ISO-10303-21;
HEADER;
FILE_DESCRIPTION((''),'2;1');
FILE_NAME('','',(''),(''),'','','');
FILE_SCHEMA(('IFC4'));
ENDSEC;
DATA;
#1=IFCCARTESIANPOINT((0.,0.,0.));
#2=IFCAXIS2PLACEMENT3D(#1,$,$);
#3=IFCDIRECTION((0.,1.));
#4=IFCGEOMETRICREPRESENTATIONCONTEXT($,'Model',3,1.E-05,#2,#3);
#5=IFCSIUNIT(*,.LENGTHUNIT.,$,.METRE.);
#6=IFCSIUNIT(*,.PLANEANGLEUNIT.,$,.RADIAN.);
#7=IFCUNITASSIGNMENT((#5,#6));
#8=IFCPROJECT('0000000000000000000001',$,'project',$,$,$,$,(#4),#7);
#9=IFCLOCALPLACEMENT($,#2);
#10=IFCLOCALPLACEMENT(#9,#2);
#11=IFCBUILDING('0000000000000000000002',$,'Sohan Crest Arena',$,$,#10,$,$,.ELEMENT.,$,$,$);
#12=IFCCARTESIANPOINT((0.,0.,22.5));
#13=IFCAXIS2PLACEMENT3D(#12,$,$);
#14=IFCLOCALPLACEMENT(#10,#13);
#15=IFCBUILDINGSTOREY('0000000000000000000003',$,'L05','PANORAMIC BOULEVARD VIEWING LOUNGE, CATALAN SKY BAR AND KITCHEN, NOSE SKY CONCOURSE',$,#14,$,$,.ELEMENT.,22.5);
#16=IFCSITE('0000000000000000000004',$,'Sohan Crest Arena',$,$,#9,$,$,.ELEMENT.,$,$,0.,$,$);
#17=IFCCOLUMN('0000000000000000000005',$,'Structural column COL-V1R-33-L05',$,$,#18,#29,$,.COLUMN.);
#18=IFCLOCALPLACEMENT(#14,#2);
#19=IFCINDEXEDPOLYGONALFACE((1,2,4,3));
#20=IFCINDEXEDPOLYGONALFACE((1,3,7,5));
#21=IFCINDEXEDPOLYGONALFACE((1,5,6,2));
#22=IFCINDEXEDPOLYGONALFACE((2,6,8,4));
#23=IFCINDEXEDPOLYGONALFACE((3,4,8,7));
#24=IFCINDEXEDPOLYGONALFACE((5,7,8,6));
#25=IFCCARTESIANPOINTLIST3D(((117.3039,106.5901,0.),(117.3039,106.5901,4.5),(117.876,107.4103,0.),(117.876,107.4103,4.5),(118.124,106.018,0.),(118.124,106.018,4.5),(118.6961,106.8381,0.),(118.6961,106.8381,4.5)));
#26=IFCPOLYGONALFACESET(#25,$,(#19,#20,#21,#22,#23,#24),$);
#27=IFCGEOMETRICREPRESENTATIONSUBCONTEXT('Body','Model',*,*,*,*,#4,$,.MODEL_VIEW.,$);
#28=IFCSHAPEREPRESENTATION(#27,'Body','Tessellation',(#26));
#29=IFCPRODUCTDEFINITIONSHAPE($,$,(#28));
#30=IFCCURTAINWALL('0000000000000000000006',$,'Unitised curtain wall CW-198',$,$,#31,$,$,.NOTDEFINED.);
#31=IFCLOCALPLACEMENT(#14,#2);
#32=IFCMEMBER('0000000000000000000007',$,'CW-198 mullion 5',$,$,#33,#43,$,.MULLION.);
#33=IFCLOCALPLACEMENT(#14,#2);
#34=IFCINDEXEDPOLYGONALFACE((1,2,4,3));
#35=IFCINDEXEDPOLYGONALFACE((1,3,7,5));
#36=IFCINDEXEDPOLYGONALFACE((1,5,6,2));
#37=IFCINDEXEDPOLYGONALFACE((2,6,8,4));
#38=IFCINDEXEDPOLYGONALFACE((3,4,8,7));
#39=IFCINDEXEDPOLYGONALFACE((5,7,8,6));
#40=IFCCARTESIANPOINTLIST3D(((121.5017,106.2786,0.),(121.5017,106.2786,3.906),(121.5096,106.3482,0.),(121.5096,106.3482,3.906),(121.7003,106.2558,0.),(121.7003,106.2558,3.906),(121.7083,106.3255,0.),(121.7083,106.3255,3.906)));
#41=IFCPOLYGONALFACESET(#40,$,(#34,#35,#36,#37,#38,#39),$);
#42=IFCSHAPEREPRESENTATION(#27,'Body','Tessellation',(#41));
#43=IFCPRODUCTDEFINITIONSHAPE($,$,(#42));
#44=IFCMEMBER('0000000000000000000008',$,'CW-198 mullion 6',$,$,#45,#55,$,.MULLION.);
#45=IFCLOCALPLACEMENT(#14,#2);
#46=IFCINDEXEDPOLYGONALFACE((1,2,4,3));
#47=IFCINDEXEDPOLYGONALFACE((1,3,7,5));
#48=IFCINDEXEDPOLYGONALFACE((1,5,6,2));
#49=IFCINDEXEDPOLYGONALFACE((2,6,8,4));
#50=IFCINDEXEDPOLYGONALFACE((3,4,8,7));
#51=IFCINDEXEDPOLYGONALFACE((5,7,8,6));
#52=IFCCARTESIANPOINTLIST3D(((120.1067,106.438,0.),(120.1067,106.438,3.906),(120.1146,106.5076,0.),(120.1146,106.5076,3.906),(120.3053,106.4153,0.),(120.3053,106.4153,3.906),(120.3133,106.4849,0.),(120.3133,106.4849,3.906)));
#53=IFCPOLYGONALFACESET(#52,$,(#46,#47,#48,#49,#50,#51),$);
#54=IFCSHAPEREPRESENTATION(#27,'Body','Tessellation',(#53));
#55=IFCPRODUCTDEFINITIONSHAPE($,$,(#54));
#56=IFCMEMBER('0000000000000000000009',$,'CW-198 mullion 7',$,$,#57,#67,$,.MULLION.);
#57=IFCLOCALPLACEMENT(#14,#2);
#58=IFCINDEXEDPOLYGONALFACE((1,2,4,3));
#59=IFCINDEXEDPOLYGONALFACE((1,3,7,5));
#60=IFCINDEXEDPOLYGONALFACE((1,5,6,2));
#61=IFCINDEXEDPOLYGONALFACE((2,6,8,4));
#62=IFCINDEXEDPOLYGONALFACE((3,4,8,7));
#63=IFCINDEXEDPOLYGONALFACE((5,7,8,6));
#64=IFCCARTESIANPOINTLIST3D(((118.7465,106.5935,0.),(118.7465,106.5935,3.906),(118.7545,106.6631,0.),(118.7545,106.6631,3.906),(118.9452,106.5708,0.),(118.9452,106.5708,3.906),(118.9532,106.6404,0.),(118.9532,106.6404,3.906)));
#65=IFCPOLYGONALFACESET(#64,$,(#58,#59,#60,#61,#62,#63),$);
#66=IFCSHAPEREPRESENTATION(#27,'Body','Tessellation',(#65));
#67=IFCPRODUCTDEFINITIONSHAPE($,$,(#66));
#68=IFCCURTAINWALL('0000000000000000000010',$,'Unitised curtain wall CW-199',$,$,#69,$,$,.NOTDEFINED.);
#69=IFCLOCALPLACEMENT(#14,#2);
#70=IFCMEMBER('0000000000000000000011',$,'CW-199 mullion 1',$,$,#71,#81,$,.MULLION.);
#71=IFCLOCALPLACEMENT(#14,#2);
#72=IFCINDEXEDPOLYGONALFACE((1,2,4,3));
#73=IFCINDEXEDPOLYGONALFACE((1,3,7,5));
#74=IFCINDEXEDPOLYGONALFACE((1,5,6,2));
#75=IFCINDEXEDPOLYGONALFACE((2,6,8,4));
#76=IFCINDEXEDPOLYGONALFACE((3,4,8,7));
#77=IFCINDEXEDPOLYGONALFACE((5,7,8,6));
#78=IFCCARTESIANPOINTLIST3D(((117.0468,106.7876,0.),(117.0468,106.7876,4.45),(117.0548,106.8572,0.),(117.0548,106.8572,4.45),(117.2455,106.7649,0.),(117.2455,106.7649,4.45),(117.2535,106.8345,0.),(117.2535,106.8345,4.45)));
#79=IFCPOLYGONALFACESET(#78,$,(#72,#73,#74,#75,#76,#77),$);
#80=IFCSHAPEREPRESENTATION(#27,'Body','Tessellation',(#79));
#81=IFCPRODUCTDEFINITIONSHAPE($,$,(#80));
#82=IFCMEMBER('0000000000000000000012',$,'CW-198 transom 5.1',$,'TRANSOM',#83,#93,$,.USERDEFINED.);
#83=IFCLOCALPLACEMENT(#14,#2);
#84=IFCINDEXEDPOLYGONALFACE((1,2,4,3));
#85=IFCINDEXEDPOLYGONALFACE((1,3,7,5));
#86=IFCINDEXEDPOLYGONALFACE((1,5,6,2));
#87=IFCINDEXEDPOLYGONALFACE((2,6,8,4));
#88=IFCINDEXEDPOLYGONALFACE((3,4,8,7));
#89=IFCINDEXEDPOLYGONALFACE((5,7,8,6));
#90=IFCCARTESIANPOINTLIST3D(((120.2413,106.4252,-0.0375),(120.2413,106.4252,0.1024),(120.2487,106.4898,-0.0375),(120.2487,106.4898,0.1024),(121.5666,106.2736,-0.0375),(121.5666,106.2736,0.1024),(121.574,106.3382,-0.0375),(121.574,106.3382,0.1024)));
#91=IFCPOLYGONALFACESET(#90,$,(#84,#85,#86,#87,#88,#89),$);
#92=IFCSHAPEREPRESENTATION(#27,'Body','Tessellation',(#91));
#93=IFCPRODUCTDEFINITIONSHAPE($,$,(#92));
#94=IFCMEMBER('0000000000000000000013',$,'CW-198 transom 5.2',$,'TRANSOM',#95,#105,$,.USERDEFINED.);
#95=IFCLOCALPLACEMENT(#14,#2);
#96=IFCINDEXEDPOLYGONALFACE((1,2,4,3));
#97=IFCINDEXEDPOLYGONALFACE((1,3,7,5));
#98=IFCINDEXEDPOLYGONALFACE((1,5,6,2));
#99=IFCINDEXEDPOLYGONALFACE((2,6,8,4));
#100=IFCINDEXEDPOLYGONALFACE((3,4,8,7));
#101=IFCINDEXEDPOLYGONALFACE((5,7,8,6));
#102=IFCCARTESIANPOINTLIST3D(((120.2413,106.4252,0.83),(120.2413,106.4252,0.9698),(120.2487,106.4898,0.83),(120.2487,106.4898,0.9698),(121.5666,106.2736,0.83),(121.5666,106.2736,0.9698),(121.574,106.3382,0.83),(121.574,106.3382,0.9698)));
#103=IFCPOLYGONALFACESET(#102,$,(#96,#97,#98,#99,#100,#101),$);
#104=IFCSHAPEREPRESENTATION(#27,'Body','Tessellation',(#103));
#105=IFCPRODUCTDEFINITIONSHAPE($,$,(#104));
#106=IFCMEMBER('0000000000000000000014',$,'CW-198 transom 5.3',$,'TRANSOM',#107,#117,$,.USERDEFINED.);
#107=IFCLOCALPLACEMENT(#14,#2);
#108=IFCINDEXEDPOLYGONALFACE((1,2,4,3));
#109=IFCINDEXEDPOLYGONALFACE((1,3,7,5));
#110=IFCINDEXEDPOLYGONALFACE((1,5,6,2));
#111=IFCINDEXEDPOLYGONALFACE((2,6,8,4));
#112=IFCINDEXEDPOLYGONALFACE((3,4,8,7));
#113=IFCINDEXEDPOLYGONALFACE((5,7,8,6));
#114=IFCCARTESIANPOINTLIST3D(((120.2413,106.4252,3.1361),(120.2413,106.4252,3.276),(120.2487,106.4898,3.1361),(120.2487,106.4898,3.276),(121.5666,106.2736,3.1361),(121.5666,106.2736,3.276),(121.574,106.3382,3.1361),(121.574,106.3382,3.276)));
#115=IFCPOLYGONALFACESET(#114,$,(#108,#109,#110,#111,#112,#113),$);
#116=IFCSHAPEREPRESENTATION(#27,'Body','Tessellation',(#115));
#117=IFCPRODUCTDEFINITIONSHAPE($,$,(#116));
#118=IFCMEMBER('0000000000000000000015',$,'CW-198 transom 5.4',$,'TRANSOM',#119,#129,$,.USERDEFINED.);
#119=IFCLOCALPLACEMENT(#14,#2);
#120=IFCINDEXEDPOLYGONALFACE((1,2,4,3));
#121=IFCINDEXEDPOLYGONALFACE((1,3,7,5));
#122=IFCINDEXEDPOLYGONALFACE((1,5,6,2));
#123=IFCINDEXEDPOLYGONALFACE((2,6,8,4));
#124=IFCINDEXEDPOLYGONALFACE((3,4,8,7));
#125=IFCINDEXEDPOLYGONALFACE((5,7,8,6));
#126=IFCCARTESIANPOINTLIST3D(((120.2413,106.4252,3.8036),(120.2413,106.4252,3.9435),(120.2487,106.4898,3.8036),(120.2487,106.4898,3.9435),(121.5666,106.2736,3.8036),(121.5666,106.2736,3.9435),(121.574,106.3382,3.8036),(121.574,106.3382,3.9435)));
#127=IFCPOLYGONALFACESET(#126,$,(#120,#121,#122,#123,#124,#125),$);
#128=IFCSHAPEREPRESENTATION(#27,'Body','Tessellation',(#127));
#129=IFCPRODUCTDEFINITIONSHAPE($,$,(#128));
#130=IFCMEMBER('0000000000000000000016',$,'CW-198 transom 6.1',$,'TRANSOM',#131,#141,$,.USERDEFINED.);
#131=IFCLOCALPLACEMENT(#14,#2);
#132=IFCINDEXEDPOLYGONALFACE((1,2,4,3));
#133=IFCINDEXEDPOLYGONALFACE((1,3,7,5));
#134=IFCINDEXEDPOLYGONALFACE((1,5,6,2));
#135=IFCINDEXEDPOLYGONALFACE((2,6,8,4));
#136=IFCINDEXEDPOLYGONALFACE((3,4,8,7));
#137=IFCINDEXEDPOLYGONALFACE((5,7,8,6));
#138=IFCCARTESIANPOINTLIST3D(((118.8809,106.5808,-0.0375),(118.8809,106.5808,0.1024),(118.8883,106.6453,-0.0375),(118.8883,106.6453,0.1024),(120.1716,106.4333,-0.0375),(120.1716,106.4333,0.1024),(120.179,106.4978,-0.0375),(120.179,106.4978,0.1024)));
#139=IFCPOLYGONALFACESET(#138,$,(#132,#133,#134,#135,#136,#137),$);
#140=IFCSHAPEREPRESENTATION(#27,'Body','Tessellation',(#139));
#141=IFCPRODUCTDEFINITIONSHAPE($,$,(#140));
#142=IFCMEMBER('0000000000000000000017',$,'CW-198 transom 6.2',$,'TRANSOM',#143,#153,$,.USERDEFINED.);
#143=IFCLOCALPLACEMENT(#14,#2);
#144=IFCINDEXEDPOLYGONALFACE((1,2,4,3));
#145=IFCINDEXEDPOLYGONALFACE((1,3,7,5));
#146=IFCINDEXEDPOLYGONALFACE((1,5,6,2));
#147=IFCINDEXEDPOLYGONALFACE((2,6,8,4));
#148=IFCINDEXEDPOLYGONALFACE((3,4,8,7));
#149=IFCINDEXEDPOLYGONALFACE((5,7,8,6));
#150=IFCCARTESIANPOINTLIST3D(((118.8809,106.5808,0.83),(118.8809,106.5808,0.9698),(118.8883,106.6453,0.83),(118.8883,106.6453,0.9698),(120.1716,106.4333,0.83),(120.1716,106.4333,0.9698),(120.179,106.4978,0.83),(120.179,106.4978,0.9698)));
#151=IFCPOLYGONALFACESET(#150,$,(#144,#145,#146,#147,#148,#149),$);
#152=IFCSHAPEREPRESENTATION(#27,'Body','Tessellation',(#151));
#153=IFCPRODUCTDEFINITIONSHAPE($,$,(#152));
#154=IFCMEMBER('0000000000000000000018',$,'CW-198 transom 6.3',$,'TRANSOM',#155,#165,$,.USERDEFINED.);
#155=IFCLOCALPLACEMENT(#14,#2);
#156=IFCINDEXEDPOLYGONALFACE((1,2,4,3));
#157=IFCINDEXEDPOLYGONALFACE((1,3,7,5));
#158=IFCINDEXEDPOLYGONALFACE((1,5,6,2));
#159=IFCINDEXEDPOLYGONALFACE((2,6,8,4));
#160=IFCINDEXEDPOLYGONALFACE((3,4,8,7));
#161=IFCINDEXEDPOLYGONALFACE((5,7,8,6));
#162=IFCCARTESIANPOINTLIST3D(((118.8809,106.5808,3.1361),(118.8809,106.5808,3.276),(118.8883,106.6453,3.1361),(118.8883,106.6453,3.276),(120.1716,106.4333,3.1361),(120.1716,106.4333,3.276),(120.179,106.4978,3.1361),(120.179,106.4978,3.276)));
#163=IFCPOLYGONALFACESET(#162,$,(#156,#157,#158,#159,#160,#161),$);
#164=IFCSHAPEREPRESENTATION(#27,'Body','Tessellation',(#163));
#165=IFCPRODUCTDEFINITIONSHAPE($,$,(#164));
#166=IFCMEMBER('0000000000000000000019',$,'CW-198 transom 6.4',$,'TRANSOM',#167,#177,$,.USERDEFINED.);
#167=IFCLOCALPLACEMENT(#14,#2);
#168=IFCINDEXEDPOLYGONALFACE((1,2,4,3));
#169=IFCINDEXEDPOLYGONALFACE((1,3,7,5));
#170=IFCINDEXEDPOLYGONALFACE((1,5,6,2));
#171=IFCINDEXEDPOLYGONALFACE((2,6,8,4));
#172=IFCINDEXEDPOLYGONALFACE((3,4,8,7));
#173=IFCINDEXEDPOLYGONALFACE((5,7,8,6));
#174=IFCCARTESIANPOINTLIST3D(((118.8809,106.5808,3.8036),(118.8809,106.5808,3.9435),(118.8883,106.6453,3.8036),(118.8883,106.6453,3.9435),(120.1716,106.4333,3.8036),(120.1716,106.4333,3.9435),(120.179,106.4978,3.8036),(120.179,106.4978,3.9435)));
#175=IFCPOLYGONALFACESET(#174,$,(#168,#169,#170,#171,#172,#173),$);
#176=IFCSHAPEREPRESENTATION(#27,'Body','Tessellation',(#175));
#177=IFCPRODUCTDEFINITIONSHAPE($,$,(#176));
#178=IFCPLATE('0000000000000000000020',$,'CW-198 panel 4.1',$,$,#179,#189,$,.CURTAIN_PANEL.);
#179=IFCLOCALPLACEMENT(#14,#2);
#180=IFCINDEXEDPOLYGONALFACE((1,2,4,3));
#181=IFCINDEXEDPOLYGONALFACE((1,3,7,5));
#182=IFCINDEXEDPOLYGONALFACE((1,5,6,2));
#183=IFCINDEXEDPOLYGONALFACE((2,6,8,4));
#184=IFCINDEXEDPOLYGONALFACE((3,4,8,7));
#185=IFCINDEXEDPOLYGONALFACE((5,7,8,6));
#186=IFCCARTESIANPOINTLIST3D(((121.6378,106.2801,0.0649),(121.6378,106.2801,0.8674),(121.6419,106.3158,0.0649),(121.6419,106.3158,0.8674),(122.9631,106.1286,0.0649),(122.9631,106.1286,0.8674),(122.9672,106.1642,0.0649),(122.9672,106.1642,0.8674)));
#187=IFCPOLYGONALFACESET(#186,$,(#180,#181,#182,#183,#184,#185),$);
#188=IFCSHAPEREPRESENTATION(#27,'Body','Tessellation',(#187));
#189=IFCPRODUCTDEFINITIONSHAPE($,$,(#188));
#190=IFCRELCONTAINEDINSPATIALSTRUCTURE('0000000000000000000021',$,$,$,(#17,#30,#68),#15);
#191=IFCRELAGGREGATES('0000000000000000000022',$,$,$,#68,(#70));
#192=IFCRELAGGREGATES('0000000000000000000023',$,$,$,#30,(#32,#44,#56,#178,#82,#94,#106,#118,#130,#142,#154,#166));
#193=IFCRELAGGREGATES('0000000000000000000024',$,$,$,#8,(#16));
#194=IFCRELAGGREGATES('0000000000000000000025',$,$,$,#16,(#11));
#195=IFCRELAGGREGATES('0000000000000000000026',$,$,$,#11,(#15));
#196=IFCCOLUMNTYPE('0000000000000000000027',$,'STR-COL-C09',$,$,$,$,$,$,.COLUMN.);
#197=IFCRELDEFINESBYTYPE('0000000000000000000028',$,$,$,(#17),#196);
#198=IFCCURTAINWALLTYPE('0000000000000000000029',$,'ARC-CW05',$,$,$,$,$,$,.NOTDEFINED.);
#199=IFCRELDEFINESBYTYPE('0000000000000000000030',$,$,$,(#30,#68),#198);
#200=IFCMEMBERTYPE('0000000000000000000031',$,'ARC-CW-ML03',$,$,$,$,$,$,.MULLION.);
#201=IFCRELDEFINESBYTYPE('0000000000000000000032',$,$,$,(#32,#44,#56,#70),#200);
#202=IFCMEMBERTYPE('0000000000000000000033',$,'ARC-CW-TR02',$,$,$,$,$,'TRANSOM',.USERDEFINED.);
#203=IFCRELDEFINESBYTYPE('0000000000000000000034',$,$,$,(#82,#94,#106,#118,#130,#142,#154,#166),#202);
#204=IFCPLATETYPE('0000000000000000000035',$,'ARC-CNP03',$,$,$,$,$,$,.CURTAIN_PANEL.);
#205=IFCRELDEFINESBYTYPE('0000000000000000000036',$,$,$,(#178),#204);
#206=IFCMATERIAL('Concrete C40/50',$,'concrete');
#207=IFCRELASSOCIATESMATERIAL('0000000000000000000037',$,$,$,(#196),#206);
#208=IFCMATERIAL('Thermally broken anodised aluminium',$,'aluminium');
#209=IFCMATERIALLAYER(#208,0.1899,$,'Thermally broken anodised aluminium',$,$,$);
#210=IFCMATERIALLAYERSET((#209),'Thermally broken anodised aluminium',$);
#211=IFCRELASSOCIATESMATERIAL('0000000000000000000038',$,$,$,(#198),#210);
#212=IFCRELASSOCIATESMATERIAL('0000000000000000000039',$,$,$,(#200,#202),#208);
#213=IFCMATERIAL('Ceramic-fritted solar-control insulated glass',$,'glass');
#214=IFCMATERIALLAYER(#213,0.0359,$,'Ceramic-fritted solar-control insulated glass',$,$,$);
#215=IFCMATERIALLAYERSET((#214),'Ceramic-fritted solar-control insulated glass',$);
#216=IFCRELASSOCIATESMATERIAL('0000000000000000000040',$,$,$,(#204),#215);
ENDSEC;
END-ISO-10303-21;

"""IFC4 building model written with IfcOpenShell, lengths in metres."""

from ifc_helpers import new_model, si_unit, direction, frame, origin, origin_2d, place, context, subcontext, project, spatial, rectangle, extrude, material, layer, layer_set, material_profile, profile_set, type_object, element, aggregate, save


model = new_model("IFC4")

# Units and contexts
model_context = context("Model", 3, precision=1e-05, world=origin(), true_north=direction((0.0, 1.0)))
body_context = subcontext(model_context, "Body", "Model", "MODEL_VIEW")
ifc_project = project(units=[si_unit("LENGTHUNIT", "METRE"), si_unit("PLANEANGLEUNIT", "RADIAN")], contexts=[model_context])

# Site, building, storey
site_placement = place(None, origin())
site = spatial("IfcSite", under=ifc_project, at=site_placement, Name="Sohan Crest Arena", CompositionType="ELEMENT", RefElevation=0.0)
building_placement = place(site_placement, origin())
building = spatial("IfcBuilding", under=site, at=building_placement, Name="Sohan Crest Arena", CompositionType="ELEMENT")
storey_placement = place(building_placement, frame((0.0, 0.0, 22.5)))
storey = spatial("IfcBuildingStorey", under=building, at=storey_placement, Name="L05", Description="PANORAMIC BOULEVARD VIEWING LOUNGE, CATALAN SKY BAR AND KITCHEN, NOSE SKY CONCOURSE", CompositionType="ELEMENT", Elevation=22.5)

# Column
ifc_material_1 = material(Name="Concrete C40/50", Category="concrete")
ifc_material_profile_1 = material_profile(ifc_material_1, rectangle(XDim=1.0, YDim=1.0, at=origin_2d()), Name="RC 1000x1000")
ifc_profile_set_1 = profile_set([ifc_material_profile_1], Name="Concrete C40/50")
column_type = type_object("IfcColumnType", Name="STR-COL-C09", PredefinedType="COLUMN", material=ifc_profile_set_1)
column_placement = place(storey_placement, frame((118.0, 106.7141, 0.0), z_axis=(0.0, 0.0, 1.0), x_axis=(0.572146, 0.820152, 0.0)))
element("IfcColumn", 1, at=column_placement, inside=storey, type_object=column_type, Name="Structural column COL-V1R-33-L05", PredefinedType="COLUMN", context=body_context, shape_type="SweptSolid", body=[
    extrude(rectangle(XDim=1.0, YDim=1.0, at=origin_2d()), origin(), (0.0, 0.0, 1.0), 4.5),
])

# Curtain wall, members
ifc_material_2 = material(Name="Thermally broken anodised aluminium", Category="aluminium")
ifc_layer_1 = layer(ifc_material_2, 0.1899, Name="Thermally broken anodised aluminium")
ifc_layer_set_1 = layer_set([ifc_layer_1], Name="Thermally broken anodised aluminium")
curtain_wall_type = type_object("IfcCurtainWallType", Name="ARC-CW05", PredefinedType="NOTDEFINED", material=ifc_layer_set_1)
curtain_wall_1_placement = place(storey_placement, origin())
curtain_wall_1 = element("IfcCurtainWall", 2, at=curtain_wall_1_placement, inside=storey, type_object=curtain_wall_type, Name="Unitised curtain wall CW-198", PredefinedType="NOTDEFINED")
ifc_material_profile_2 = material_profile(ifc_material_2, rectangle(XDim=0.0701, YDim=0.2, at=origin_2d()), Name="ALU-MULL 70x200")
ifc_profile_set_2 = profile_set([ifc_material_profile_2], Name="Thermally broken anodised aluminium")
member_type_1 = type_object("IfcMemberType", Name="ARC-CW-ML03", PredefinedType="MULLION", material=ifc_profile_set_2)
member_1_placement = place(storey_placement, frame((121.605, 106.302, 0.0), z_axis=(0.0, 0.0, 1.0), x_axis=(-0.113597, -0.993527, 0.0)))
member_1 = element("IfcMember", 3, at=member_1_placement, type_object=member_type_1, Name="CW-198 mullion 5", PredefinedType="MULLION", context=body_context, shape_type="SweptSolid", body=[
    extrude(rectangle(XDim=0.0701, YDim=0.2, at=origin_2d()), origin(), (0.0, 0.0, 1.0), 3.906),
])
member_2_placement = place(storey_placement, frame((120.21, 106.4614, 0.0), z_axis=(0.0, 0.0, 1.0), x_axis=(-0.113597, -0.993527, 0.0)))
member_2 = element("IfcMember", 4, at=member_2_placement, type_object=member_type_1, Name="CW-198 mullion 6", PredefinedType="MULLION", context=body_context, shape_type="SweptSolid", body=[
    extrude(rectangle(XDim=0.0701, YDim=0.2, at=origin_2d()), origin(), (0.0, 0.0, 1.0), 3.906),
])
member_3_placement = place(storey_placement, frame((118.8499, 106.6169, 0.0), z_axis=(0.0, 0.0, 1.0), x_axis=(-0.113597, -0.993527, 0.0)))
member_3 = element("IfcMember", 5, at=member_3_placement, type_object=member_type_1, Name="CW-198 mullion 7", PredefinedType="MULLION", context=body_context, shape_type="SweptSolid", body=[
    extrude(rectangle(XDim=0.0701, YDim=0.2, at=origin_2d()), origin(), (0.0, 0.0, 1.0), 3.906),
])

# Curtain wall, member
curtain_wall_2_placement = place(storey_placement, origin())
curtain_wall_2 = element("IfcCurtainWall", 6, at=curtain_wall_2_placement, inside=storey, type_object=curtain_wall_type, Name="Unitised curtain wall CW-199", PredefinedType="NOTDEFINED")
member_4_placement = place(storey_placement, frame((117.1501, 106.811, 0.0), z_axis=(0.0, 0.0, 1.0), x_axis=(-0.113597, -0.993527, 0.0)))
member_4 = element("IfcMember", 7, at=member_4_placement, type_object=member_type_1, Name="CW-199 mullion 1", PredefinedType="MULLION", context=body_context, shape_type="SweptSolid", body=[
    extrude(rectangle(XDim=0.0701, YDim=0.2, at=origin_2d()), origin(), (0.0, 0.0, 1.0), 4.45),
])
aggregate(curtain_wall_2, [member_4])

# Members
ifc_material_profile_3 = material_profile(ifc_material_2, rectangle(XDim=0.0649, YDim=0.1399, at=origin_2d()), Name="ALU-TRAN 65x140")
ifc_profile_set_3 = profile_set([ifc_material_profile_3], Name="Thermally broken anodised aluminium")
member_type_2 = type_object("IfcMemberType", Name="ARC-CW-TR02", ElementType="TRANSOM", PredefinedType="USERDEFINED", material=ifc_profile_set_3)
member_5_placement = place(storey_placement, frame((121.5703, 106.3059, 0.0325), z_axis=(-0.993521, 0.113645, 0.0), x_axis=(-0.113645, -0.993521, 0.0)))
member_5 = element("IfcMember", 8, at=member_5_placement, type_object=member_type_2, Name="CW-198 transom 5.1", ObjectType="TRANSOM", PredefinedType="USERDEFINED", context=body_context, shape_type="SweptSolid", body=[
    extrude(rectangle(XDim=0.0649, YDim=0.1399, at=origin_2d()), origin(), (0.0, 0.0, 1.0), 1.334),
])
member_6_placement = place(storey_placement, frame((121.5703, 106.3059, 0.8999), z_axis=(-0.993521, 0.113645, 0.0), x_axis=(-0.113645, -0.993521, 0.0)))
member_6 = element("IfcMember", 9, at=member_6_placement, type_object=member_type_2, Name="CW-198 transom 5.2", ObjectType="TRANSOM", PredefinedType="USERDEFINED", context=body_context, shape_type="SweptSolid", body=[
    extrude(rectangle(XDim=0.0649, YDim=0.1399, at=origin_2d()), origin(), (0.0, 0.0, 1.0), 1.334),
])
member_7_placement = place(storey_placement, frame((121.5703, 106.3059, 3.2061), z_axis=(-0.993521, 0.113645, 0.0), x_axis=(-0.113645, -0.993521, 0.0)))
member_7 = element("IfcMember", 10, at=member_7_placement, type_object=member_type_2, Name="CW-198 transom 5.3", ObjectType="TRANSOM", PredefinedType="USERDEFINED", context=body_context, shape_type="SweptSolid", body=[
    extrude(rectangle(XDim=0.0649, YDim=0.1399, at=origin_2d()), origin(), (0.0, 0.0, 1.0), 1.334),
])
member_8_placement = place(storey_placement, frame((121.5703, 106.3059, 3.8735), z_axis=(-0.993521, 0.113645, 0.0), x_axis=(-0.113645, -0.993521, 0.0)))
member_8 = element("IfcMember", 11, at=member_8_placement, type_object=member_type_2, Name="CW-198 transom 5.4", ObjectType="TRANSOM", PredefinedType="USERDEFINED", context=body_context, shape_type="SweptSolid", body=[
    extrude(rectangle(XDim=0.0649, YDim=0.1399, at=origin_2d()), origin(), (0.0, 0.0, 1.0), 1.334),
])
member_9_placement = place(storey_placement, frame((120.1753, 106.4656, 0.0325), z_axis=(-0.993538, 0.113504, 0.0), x_axis=(-0.113504, -0.993538, 0.0)))
member_9 = element("IfcMember", 12, at=member_9_placement, type_object=member_type_2, Name="CW-198 transom 6.1", ObjectType="TRANSOM", PredefinedType="USERDEFINED", context=body_context, shape_type="SweptSolid", body=[
    extrude(rectangle(XDim=0.0649, YDim=0.1399, at=origin_2d()), origin(), (0.0, 0.0, 1.0), 1.2991),
])
member_10_placement = place(storey_placement, frame((120.1753, 106.4656, 0.8999), z_axis=(-0.993538, 0.113504, 0.0), x_axis=(-0.113504, -0.993538, 0.0)))
member_10 = element("IfcMember", 13, at=member_10_placement, type_object=member_type_2, Name="CW-198 transom 6.2", ObjectType="TRANSOM", PredefinedType="USERDEFINED", context=body_context, shape_type="SweptSolid", body=[
    extrude(rectangle(XDim=0.0649, YDim=0.1399, at=origin_2d()), origin(), (0.0, 0.0, 1.0), 1.2991),
])
member_11_placement = place(storey_placement, frame((120.1753, 106.4656, 3.2061), z_axis=(-0.993538, 0.113504, 0.0), x_axis=(-0.113504, -0.993538, 0.0)))
member_11 = element("IfcMember", 14, at=member_11_placement, type_object=member_type_2, Name="CW-198 transom 6.3", ObjectType="TRANSOM", PredefinedType="USERDEFINED", context=body_context, shape_type="SweptSolid", body=[
    extrude(rectangle(XDim=0.0649, YDim=0.1399, at=origin_2d()), origin(), (0.0, 0.0, 1.0), 1.2991),
])
member_12_placement = place(storey_placement, frame((120.1753, 106.4656, 3.8735), z_axis=(-0.993538, 0.113504, 0.0), x_axis=(-0.113504, -0.993538, 0.0)))
member_12 = element("IfcMember", 15, at=member_12_placement, type_object=member_type_2, Name="CW-198 transom 6.4", ObjectType="TRANSOM", PredefinedType="USERDEFINED", context=body_context, shape_type="SweptSolid", body=[
    extrude(rectangle(XDim=0.0649, YDim=0.1399, at=origin_2d()), origin(), (0.0, 0.0, 1.0), 1.2991),
])

# Plate
ifc_material_3 = material(Name="Ceramic-fritted solar-control insulated glass", Category="glass")
ifc_layer_2 = layer(ifc_material_3, 0.0359, Name="Ceramic-fritted solar-control insulated glass")
ifc_layer_set_2 = layer_set([ifc_layer_2], Name="Ceramic-fritted solar-control insulated glass")
plate_type = type_object("IfcPlateType", Name="ARC-CNP03", PredefinedType="CURTAIN_PANEL", material=ifc_layer_set_2)
plate_1_placement = place(storey_placement, frame((122.3025, 106.2222, 0.0649), z_axis=(0.0, 0.0, 1.0), x_axis=(-0.993527, 0.113597, 0.0)))
plate_1 = element("IfcPlate", 16, at=plate_1_placement, type_object=plate_type, Name="CW-198 panel 4.1", PredefinedType="CURTAIN_PANEL", context=body_context, shape_type="SweptSolid", body=[
    extrude(rectangle(XDim=1.334, YDim=0.0359, at=origin_2d()), origin(), (0.0, 0.0, 1.0), 0.8025),
])
aggregate(curtain_wall_1, [member_1, member_2, member_3, plate_1, member_5, member_6, member_7, member_8, member_9, member_10, member_11, member_12])

save(model, "model.ifc")
